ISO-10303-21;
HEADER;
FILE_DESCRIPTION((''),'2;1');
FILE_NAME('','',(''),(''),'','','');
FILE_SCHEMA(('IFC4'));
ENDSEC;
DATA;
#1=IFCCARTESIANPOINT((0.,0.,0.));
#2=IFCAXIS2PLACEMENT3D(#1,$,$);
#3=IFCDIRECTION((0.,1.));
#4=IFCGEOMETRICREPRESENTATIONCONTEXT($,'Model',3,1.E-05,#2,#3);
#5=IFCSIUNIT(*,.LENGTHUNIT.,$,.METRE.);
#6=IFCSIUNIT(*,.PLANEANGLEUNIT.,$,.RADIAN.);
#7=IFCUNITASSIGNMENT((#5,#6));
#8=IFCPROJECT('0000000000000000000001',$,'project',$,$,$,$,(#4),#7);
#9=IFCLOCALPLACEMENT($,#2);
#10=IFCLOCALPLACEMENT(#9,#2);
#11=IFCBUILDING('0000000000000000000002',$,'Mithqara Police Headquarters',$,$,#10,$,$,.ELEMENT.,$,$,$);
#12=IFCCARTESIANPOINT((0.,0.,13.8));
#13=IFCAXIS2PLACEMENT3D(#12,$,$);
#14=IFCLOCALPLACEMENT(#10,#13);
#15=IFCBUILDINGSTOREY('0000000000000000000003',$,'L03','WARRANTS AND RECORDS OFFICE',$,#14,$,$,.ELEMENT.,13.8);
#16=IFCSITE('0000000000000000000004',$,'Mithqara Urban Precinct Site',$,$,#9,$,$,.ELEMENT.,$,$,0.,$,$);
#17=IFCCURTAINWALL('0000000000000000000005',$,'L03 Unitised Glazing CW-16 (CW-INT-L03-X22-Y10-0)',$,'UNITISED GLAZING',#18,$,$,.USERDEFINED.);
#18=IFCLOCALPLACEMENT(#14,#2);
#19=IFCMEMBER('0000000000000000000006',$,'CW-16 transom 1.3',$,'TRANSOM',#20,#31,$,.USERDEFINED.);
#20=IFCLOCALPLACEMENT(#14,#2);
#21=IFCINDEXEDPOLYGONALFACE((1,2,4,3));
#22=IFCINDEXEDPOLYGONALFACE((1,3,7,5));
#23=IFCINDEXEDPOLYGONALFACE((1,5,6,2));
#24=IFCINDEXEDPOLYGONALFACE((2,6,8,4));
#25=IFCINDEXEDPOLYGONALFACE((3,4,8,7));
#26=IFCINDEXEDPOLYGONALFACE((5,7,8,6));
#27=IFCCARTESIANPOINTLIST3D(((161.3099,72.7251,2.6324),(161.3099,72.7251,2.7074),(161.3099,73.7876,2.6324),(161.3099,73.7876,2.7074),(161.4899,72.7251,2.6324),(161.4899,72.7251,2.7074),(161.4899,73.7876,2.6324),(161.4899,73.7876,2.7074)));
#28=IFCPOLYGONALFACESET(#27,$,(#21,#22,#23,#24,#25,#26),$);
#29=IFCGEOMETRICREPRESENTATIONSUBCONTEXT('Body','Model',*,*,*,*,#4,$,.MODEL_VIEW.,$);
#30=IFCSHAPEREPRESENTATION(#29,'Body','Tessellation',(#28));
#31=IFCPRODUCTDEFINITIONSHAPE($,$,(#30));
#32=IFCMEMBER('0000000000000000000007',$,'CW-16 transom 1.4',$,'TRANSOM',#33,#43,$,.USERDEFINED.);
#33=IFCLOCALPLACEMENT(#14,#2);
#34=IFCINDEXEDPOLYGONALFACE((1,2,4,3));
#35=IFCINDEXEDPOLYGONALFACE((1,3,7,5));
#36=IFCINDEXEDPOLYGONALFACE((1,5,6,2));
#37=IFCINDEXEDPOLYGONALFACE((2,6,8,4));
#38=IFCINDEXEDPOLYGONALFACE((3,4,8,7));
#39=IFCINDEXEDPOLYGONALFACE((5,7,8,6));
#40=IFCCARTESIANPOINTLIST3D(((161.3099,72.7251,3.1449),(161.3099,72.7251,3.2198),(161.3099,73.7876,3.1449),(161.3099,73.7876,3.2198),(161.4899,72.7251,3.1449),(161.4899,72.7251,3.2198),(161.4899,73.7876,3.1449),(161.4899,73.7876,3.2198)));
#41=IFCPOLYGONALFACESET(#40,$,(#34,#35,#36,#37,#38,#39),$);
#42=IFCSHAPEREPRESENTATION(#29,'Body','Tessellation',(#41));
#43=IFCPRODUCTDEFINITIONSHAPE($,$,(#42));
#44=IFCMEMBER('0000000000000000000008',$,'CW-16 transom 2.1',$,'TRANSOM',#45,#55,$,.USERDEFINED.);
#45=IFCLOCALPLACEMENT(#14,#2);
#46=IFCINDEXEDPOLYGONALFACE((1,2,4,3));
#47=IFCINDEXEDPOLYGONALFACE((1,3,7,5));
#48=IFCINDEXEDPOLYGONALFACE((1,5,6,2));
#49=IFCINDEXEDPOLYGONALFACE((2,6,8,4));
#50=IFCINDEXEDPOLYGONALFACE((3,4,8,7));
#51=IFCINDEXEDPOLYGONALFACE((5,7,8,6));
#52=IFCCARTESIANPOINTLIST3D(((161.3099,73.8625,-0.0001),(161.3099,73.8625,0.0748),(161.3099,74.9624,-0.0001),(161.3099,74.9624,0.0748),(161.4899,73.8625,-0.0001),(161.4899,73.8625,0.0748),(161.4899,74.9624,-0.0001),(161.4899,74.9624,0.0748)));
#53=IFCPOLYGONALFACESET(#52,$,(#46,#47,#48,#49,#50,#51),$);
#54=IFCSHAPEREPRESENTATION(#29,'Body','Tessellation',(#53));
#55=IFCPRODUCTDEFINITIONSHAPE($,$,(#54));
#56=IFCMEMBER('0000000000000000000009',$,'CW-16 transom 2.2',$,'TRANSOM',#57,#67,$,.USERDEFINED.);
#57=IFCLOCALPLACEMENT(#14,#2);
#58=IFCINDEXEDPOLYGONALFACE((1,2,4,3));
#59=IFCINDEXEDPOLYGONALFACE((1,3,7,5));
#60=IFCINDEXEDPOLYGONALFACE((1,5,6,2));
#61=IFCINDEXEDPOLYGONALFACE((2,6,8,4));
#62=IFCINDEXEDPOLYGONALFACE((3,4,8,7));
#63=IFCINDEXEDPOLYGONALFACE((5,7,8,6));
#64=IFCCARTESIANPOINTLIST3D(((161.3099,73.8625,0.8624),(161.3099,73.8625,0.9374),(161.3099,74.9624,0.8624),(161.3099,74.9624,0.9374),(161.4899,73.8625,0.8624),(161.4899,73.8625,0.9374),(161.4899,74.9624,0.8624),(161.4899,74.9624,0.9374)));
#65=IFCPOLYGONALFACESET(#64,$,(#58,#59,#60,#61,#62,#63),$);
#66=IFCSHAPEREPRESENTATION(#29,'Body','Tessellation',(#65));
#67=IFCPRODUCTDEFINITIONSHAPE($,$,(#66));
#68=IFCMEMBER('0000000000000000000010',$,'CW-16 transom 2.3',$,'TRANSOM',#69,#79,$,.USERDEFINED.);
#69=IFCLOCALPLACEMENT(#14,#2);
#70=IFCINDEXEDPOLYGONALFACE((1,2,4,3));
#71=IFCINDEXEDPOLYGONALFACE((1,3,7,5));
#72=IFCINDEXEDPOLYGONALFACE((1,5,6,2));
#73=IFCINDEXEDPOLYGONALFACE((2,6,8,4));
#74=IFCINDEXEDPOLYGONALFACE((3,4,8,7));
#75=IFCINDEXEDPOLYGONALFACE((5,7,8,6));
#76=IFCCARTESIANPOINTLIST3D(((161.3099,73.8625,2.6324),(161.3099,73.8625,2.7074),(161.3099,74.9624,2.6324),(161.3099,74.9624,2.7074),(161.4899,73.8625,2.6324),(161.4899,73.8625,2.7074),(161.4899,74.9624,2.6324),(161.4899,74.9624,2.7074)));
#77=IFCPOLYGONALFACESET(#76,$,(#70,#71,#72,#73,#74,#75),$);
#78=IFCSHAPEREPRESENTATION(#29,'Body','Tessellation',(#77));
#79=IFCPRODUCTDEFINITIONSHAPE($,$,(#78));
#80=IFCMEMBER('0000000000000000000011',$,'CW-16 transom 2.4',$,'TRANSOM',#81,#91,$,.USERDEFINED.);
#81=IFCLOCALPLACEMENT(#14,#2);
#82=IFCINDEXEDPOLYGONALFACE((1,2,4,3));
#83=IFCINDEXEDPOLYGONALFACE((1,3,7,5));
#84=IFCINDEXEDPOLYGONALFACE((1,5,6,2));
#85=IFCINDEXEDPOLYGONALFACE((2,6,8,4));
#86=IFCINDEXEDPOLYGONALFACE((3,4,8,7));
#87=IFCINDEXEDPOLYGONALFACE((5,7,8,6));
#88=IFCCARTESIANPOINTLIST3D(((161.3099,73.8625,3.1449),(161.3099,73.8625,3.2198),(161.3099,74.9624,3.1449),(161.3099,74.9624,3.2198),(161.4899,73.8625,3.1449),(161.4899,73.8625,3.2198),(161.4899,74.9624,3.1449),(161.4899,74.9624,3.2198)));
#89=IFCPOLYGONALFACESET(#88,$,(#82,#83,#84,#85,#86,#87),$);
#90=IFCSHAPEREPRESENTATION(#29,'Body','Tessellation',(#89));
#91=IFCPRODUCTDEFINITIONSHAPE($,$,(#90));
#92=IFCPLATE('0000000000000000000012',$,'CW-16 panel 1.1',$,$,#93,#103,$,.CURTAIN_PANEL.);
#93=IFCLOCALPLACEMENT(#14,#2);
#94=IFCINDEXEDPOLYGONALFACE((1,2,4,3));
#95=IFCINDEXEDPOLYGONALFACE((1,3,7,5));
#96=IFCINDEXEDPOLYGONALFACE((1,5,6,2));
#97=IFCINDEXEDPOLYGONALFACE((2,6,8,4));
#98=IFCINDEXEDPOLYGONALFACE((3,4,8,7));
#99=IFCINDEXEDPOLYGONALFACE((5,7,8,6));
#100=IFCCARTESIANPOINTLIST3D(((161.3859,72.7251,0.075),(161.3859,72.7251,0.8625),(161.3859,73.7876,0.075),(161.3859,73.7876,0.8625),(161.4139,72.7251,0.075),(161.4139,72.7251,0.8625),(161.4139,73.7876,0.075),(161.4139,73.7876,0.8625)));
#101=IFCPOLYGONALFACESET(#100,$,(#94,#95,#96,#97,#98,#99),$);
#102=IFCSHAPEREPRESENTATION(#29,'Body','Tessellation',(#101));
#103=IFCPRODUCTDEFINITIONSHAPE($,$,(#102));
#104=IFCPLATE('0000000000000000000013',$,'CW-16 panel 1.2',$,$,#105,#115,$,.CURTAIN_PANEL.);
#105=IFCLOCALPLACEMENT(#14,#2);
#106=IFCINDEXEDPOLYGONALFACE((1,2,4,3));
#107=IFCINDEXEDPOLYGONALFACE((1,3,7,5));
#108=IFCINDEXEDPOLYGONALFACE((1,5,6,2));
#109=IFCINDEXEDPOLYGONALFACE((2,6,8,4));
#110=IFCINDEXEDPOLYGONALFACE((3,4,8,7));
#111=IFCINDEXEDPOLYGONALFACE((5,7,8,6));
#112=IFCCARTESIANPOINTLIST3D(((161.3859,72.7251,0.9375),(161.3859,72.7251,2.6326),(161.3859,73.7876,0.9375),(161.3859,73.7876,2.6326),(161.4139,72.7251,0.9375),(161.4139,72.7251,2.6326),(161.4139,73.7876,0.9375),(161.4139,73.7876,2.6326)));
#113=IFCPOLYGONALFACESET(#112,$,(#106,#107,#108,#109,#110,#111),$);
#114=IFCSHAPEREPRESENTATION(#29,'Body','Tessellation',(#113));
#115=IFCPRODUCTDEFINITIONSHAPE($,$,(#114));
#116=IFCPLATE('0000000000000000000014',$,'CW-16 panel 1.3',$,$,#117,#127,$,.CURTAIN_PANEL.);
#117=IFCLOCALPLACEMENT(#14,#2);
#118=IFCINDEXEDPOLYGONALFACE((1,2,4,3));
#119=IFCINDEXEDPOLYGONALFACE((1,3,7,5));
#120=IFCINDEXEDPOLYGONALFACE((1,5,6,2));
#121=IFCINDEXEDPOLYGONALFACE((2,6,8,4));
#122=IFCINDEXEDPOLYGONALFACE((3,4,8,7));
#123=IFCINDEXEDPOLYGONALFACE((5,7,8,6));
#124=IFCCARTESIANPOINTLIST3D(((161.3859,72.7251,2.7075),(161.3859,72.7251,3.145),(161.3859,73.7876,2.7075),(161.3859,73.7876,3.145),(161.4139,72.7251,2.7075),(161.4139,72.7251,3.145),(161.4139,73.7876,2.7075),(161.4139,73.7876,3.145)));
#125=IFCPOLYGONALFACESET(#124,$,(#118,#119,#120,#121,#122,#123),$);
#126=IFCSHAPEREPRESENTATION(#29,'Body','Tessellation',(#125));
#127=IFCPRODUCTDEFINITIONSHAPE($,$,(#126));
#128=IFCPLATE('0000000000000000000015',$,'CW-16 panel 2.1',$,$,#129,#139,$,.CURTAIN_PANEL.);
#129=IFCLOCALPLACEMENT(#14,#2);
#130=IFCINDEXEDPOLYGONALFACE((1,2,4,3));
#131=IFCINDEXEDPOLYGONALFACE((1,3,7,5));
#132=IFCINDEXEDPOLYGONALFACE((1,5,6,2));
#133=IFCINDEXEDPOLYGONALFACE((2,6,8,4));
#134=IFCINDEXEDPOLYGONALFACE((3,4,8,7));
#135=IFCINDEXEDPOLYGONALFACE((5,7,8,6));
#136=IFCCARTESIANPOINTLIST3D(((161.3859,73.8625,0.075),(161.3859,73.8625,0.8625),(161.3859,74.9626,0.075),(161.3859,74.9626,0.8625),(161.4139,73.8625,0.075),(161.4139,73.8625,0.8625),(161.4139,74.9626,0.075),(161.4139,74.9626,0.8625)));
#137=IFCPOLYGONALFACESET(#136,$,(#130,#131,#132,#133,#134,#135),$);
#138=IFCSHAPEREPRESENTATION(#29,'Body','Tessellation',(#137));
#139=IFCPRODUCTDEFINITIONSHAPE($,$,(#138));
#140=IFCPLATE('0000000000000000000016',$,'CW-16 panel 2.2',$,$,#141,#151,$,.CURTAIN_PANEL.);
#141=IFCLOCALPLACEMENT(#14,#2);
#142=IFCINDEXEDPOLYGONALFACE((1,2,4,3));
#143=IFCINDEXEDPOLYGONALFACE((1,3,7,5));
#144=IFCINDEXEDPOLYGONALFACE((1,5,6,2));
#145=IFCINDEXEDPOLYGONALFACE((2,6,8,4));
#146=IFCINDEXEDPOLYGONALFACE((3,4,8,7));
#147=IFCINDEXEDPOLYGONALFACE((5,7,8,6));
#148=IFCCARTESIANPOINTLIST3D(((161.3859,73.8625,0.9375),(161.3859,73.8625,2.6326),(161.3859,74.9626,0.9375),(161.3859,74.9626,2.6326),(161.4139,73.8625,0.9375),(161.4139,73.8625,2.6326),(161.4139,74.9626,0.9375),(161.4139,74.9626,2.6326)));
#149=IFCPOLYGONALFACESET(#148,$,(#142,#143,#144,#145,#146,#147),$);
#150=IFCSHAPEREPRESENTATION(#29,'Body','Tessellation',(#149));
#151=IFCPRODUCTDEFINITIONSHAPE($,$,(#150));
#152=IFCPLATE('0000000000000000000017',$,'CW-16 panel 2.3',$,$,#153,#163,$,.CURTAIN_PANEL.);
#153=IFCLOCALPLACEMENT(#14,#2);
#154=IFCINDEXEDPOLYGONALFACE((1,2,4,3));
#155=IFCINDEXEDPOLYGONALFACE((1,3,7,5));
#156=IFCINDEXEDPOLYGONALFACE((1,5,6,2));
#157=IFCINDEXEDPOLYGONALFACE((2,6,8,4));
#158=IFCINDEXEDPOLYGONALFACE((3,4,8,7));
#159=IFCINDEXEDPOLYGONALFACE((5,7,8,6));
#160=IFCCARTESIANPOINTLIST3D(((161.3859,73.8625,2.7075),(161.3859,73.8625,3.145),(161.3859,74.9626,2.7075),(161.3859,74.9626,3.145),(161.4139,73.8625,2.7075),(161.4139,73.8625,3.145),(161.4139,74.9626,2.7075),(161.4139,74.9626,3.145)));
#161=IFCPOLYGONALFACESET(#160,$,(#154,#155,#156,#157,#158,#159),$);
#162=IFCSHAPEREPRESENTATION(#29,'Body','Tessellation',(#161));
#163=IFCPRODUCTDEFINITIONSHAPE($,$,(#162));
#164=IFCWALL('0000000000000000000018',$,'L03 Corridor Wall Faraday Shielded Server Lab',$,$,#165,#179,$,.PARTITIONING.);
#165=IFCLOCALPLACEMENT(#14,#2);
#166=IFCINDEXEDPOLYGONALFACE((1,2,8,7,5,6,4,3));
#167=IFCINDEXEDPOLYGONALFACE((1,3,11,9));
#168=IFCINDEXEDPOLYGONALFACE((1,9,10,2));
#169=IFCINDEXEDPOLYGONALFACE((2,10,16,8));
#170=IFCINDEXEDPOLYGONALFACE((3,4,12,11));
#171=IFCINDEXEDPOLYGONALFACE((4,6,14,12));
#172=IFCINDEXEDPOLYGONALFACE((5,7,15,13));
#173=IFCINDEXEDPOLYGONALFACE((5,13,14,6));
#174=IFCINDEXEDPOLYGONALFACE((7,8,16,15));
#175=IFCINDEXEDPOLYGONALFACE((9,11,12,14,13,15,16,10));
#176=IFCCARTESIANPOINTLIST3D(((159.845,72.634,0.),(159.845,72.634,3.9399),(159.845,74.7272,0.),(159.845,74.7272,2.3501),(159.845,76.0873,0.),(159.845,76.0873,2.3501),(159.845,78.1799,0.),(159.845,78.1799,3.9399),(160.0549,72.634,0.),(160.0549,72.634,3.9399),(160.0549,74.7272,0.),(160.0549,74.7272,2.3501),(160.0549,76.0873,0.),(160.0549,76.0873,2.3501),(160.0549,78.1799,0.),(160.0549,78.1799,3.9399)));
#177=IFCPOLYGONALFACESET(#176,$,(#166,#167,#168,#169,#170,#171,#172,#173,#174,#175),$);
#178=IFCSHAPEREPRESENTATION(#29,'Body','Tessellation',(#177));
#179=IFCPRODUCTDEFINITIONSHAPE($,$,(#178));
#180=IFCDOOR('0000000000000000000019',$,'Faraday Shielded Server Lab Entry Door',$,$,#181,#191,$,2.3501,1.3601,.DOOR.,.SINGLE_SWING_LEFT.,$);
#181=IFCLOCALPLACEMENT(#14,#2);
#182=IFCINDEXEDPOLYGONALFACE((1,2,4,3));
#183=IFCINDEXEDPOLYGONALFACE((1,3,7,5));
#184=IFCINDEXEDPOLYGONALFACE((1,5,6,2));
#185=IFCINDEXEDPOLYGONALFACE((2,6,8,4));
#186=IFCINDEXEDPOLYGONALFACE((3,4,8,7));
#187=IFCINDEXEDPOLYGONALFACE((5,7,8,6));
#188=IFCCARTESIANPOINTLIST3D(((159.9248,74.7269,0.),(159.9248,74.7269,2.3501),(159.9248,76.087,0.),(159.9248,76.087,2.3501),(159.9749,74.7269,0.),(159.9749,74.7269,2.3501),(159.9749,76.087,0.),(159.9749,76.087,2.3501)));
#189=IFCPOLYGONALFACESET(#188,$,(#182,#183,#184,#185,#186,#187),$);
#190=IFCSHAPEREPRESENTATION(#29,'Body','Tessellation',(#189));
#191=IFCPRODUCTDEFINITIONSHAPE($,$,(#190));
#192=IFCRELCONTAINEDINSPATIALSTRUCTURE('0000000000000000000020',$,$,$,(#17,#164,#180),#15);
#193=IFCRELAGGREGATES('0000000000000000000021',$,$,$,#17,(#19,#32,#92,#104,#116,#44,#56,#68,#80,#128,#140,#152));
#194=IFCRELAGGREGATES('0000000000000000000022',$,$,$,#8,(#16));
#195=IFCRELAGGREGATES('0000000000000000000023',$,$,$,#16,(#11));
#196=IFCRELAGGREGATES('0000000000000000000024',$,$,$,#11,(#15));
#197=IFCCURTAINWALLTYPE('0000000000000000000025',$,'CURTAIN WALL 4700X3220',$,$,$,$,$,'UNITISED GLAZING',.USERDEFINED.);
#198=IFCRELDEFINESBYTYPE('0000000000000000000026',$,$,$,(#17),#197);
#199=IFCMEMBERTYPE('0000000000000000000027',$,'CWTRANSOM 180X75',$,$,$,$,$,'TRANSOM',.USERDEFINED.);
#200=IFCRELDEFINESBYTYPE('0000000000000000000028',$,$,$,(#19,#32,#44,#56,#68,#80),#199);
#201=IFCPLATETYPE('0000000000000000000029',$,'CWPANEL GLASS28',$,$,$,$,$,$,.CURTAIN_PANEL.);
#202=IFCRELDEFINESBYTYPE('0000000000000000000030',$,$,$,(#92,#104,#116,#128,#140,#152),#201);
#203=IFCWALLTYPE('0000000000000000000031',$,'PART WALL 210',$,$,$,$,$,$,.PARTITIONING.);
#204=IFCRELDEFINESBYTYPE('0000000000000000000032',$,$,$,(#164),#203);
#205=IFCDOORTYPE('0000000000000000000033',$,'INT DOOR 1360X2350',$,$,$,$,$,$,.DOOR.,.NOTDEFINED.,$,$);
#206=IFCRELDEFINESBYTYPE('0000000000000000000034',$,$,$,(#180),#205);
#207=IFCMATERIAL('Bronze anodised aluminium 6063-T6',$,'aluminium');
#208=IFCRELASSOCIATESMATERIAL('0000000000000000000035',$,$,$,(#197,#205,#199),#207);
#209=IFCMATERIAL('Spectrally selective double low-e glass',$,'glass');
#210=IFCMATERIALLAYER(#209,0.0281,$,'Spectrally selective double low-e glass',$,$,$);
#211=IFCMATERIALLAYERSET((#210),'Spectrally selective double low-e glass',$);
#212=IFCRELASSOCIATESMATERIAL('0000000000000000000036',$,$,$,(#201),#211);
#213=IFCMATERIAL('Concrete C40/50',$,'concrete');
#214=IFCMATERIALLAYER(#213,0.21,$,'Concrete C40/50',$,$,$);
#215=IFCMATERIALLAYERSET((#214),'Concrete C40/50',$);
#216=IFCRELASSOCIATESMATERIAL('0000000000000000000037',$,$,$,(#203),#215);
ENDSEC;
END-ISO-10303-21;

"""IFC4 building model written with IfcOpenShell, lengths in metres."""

from ifc_helpers import new_model, si_unit, direction, frame, frame_2d, origin, origin_2d, place, context, subcontext, project, spatial, rectangle, extrude, material, layer, layer_set, material_profile, profile_set, type_object, element, fill, aggregate, save


model = new_model("IFC4")

# Units and contexts
model_context = context("Model", 3, precision=1e-05, world=origin(), true_north=direction((0.0, 1.0)))
body_context = subcontext(model_context, "Body", "Model", "MODEL_VIEW")
ifc_project = project(units=[si_unit("LENGTHUNIT", "METRE"), si_unit("PLANEANGLEUNIT", "RADIAN")], contexts=[model_context])

# Site, building, storey
site_placement = place(None, origin())
site = spatial("IfcSite", under=ifc_project, at=site_placement, Name="Mithqara Urban Precinct Site", CompositionType="ELEMENT", RefElevation=0.0)
building_placement = place(site_placement, origin())
building = spatial("IfcBuilding", under=site, at=building_placement, Name="Mithqara Police Headquarters", CompositionType="ELEMENT")
storey_placement = place(building_placement, frame((0.0, 0.0, 13.8)))
storey = spatial("IfcBuildingStorey", under=building, at=storey_placement, Name="L03", Description="WARRANTS AND RECORDS OFFICE", CompositionType="ELEMENT", Elevation=13.8)

# Shared definitions
ifc_material_1 = material(Name="Concrete C40/50", Category="concrete")

# Curtain wall, members, plates
ifc_material_2 = material(Name="Bronze anodised aluminium 6063-T6", Category="aluminium")
curtain_wall_type = type_object("IfcCurtainWallType", Name="CURTAIN WALL 4700X3220", ElementType="UNITISED GLAZING", PredefinedType="USERDEFINED", material=ifc_material_2)
curtain_wall_placement = place(storey_placement, origin())
curtain_wall = element("IfcCurtainWall", 1, at=curtain_wall_placement, inside=storey, type_object=curtain_wall_type, Name="L03 Unitised Glazing CW-16 (CW-INT-L03-X22-Y10-0)", ObjectType="UNITISED GLAZING", PredefinedType="USERDEFINED")
ifc_material_profile_1 = material_profile(ifc_material_2, rectangle(XDim=0.1799, YDim=0.075, at=origin_2d()), Name="CWT 180x75")
ifc_profile_set_1 = profile_set([ifc_material_profile_1], Name="Bronze anodised aluminium 6063-T6")
member_type_1 = type_object("IfcMemberType", Name="CWTRANSOM 180X75", ElementType="TRANSOM", PredefinedType="USERDEFINED", material=ifc_profile_set_1)
member_1_placement = place(storey_placement, frame((161.3999, 72.7251, 2.6699), z_axis=(0.0, 1.0, 0.0), x_axis=(-1.0, 0.0, 0.0)))
member_1 = element("IfcMember", 2, at=member_1_placement, type_object=member_type_1, Name="CW-16 transom 1.3", ObjectType="TRANSOM", PredefinedType="USERDEFINED", context=body_context, shape_type="SweptSolid", body=[
    extrude(rectangle(XDim=0.1799, YDim=0.075, at=origin_2d()), origin(), (0.0, 0.0, 1.0), 1.0625),
])
member_2_placement = place(storey_placement, frame((161.3999, 72.7251, 3.1824), z_axis=(0.0, 1.0, 0.0), x_axis=(-1.0, 0.0, 0.0)))
member_2 = element("IfcMember", 3, at=member_2_placement, type_object=member_type_1, Name="CW-16 transom 1.4", ObjectType="TRANSOM", PredefinedType="USERDEFINED", context=body_context, shape_type="SweptSolid", body=[
    extrude(rectangle(XDim=0.1799, YDim=0.075, at=origin_2d()), origin(), (0.0, 0.0, 1.0), 1.0625),
])
member_3_placement = place(storey_placement, frame((161.3999, 73.8625, 0.0374), z_axis=(0.0, 1.0, 0.0), x_axis=(-1.0, 0.0, 0.0)))
member_3 = element("IfcMember", 4, at=member_3_placement, type_object=member_type_1, Name="CW-16 transom 2.1", ObjectType="TRANSOM", PredefinedType="USERDEFINED", context=body_context, shape_type="SweptSolid", body=[
    extrude(rectangle(XDim=0.1799, YDim=0.075, at=origin_2d()), origin(), (0.0, 0.0, 1.0), 1.0999),
])
member_4_placement = place(storey_placement, frame((161.3999, 73.8625, 0.8999), z_axis=(0.0, 1.0, 0.0), x_axis=(-1.0, 0.0, 0.0)))
member_4 = element("IfcMember", 5, at=member_4_placement, type_object=member_type_1, Name="CW-16 transom 2.2", ObjectType="TRANSOM", PredefinedType="USERDEFINED", context=body_context, shape_type="SweptSolid", body=[
    extrude(rectangle(XDim=0.1799, YDim=0.075, at=origin_2d()), origin(), (0.0, 0.0, 1.0), 1.0999),
])
member_5_placement = place(storey_placement, frame((161.3999, 73.8625, 2.6699), z_axis=(0.0, 1.0, 0.0), x_axis=(-1.0, 0.0, 0.0)))
member_5 = element("IfcMember", 6, at=member_5_placement, type_object=member_type_1, Name="CW-16 transom 2.3", ObjectType="TRANSOM", PredefinedType="USERDEFINED", context=body_context, shape_type="SweptSolid", body=[
    extrude(rectangle(XDim=0.1799, YDim=0.075, at=origin_2d()), origin(), (0.0, 0.0, 1.0), 1.0999),
])
member_6_placement = place(storey_placement, frame((161.3999, 73.8625, 3.1824), z_axis=(0.0, 1.0, 0.0), x_axis=(-1.0, 0.0, 0.0)))
member_6 = element("IfcMember", 7, at=member_6_placement, type_object=member_type_1, Name="CW-16 transom 2.4", ObjectType="TRANSOM", PredefinedType="USERDEFINED", context=body_context, shape_type="SweptSolid", body=[
    extrude(rectangle(XDim=0.1799, YDim=0.075, at=origin_2d()), origin(), (0.0, 0.0, 1.0), 1.0999),
])
ifc_material_3 = material(Name="Spectrally selective double low-e glass", Category="glass")
ifc_layer_1 = layer(ifc_material_3, 0.0281, Name="Spectrally selective double low-e glass")
ifc_layer_set_1 = layer_set([ifc_layer_1], Name="Spectrally selective double low-e glass")
plate_type = type_object("IfcPlateType", Name="CWPANEL GLASS28", PredefinedType="CURTAIN_PANEL", material=ifc_layer_set_1)
plate_1_placement = place(storey_placement, frame((161.3999, 73.2563, 0.075), z_axis=(0.0, 0.0, 1.0), x_axis=(0.0, 1.0, 0.0)))
plate_1 = element("IfcPlate", 8, at=plate_1_placement, type_object=plate_type, Name="CW-16 panel 1.1", PredefinedType="CURTAIN_PANEL", context=body_context, shape_type="SweptSolid", body=[
    extrude(rectangle(XDim=1.0625, YDim=0.0281, at=origin_2d()), origin(), (0.0, 0.0, 1.0), 0.7876),
])
plate_2_placement = place(storey_placement, frame((161.3999, 73.2563, 0.9375), z_axis=(0.0, 0.0, 1.0), x_axis=(0.0, 1.0, 0.0)))
plate_2 = element("IfcPlate", 9, at=plate_2_placement, type_object=plate_type, Name="CW-16 panel 1.2", PredefinedType="CURTAIN_PANEL", context=body_context, shape_type="SweptSolid", body=[
    extrude(rectangle(XDim=1.0625, YDim=0.0281, at=origin_2d()), origin(), (0.0, 0.0, 1.0), 1.6951),
])
plate_3_placement = place(storey_placement, frame((161.3999, 73.2563, 2.7075), z_axis=(0.0, 0.0, 1.0), x_axis=(0.0, 1.0, 0.0)))
plate_3 = element("IfcPlate", 10, at=plate_3_placement, type_object=plate_type, Name="CW-16 panel 1.3", PredefinedType="CURTAIN_PANEL", context=body_context, shape_type="SweptSolid", body=[
    extrude(rectangle(XDim=1.0625, YDim=0.0281, at=origin_2d()), origin(), (0.0, 0.0, 1.0), 0.4375),
])
plate_4_placement = place(storey_placement, frame((161.3999, 74.4126, 0.075), z_axis=(0.0, 0.0, 1.0), x_axis=(0.0, 1.0, 0.0)))
plate_4 = element("IfcPlate", 11, at=plate_4_placement, type_object=plate_type, Name="CW-16 panel 2.1", PredefinedType="CURTAIN_PANEL", context=body_context, shape_type="SweptSolid", body=[
    extrude(rectangle(XDim=1.1001, YDim=0.0281, at=origin_2d()), origin(), (0.0, 0.0, 1.0), 0.7876),
])
plate_5_placement = place(storey_placement, frame((161.3999, 74.4126, 0.9375), z_axis=(0.0, 0.0, 1.0), x_axis=(0.0, 1.0, 0.0)))
plate_5 = element("IfcPlate", 12, at=plate_5_placement, type_object=plate_type, Name="CW-16 panel 2.2", PredefinedType="CURTAIN_PANEL", context=body_context, shape_type="SweptSolid", body=[
    extrude(rectangle(XDim=1.1001, YDim=0.0281, at=origin_2d()), origin(), (0.0, 0.0, 1.0), 1.6951),
])
plate_6_placement = place(storey_placement, frame((161.3999, 74.4126, 2.7075), z_axis=(0.0, 0.0, 1.0), x_axis=(0.0, 1.0, 0.0)))
plate_6 = element("IfcPlate", 13, at=plate_6_placement, type_object=plate_type, Name="CW-16 panel 2.3", PredefinedType="CURTAIN_PANEL", context=body_context, shape_type="SweptSolid", body=[
    extrude(rectangle(XDim=1.1001, YDim=0.0281, at=origin_2d()), origin(), (0.0, 0.0, 1.0), 0.4375),
])
aggregate(curtain_wall, [member_1, member_2, plate_1, plate_2, plate_3, member_3, member_4, member_5, member_6, plate_4, plate_5, plate_6])

# Wall, opening, door
ifc_layer_2 = layer(ifc_material_1, 0.21, Name="Concrete C40/50")
ifc_layer_set_2 = layer_set([ifc_layer_2], Name="Concrete C40/50")
wall_type = type_object("IfcWallType", Name="PART WALL 210", PredefinedType="PARTITIONING", material=ifc_layer_set_2)
wall_placement = place(storey_placement, frame((159.95, 72.634, 0.0), z_axis=(0.0, 0.0, 1.0), x_axis=(0.0, 1.0, 0.0)))
wall = element("IfcWall", 14, at=wall_placement, inside=storey, type_object=wall_type, Name="L03 Corridor Wall Faraday Shielded Server Lab", PredefinedType="PARTITIONING", context=body_context, shape_type="SweptSolid", body=[
    extrude(rectangle(XDim=5.5459, YDim=0.21, at=frame_2d((2.7729, 0.0))), origin(), (0.0, 0.0, 1.0), 3.9399),
])
opening_placement = place(wall_placement, frame((2.093, 0.0, 0.0)))
opening = element("IfcOpeningElement", 15, at=opening_placement, cuts=wall, PredefinedType="OPENING", context=body_context, shape_type="SweptSolid", body=[
    extrude(rectangle(XDim=1.3601, YDim=2.3501, at=frame_2d((0.6802, 1.175))), frame((0.0, 0.115, 0.0), z_axis=(0.0, -1.0, 0.0), x_axis=(1.0, 0.0, 0.0)), (0.0, 0.0, 1.0), 0.23),
])
door_type = type_object("IfcDoorType", Name="INT DOOR 1360X2350", OperationType="NOTDEFINED", PredefinedType="DOOR", material=ifc_material_2)
door_placement = place(opening_placement, frame((1.3601, 0.0, 0.0), z_axis=(0.0, 0.0, 1.0), x_axis=(-1.0, 0.0, 0.0)))
door = element("IfcDoor", 16, at=door_placement, inside=storey, type_object=door_type, Name="Faraday Shielded Server Lab Entry Door", OperationType="SINGLE_SWING_LEFT", OverallHeight=2.3501, OverallWidth=1.3601, PredefinedType="DOOR", context=body_context, shape_type="SweptSolid", body=[
    extrude(rectangle(XDim=1.3601, YDim=2.3501, at=frame_2d((0.6802, 1.175))), frame((0.0, 0.0249, 0.0), z_axis=(0.0, -1.0, 0.0), x_axis=(1.0, 0.0, 0.0)), (0.0, 0.0, 1.0), 0.05),
])
fill(opening, door)

save(model, "model.ifc")
